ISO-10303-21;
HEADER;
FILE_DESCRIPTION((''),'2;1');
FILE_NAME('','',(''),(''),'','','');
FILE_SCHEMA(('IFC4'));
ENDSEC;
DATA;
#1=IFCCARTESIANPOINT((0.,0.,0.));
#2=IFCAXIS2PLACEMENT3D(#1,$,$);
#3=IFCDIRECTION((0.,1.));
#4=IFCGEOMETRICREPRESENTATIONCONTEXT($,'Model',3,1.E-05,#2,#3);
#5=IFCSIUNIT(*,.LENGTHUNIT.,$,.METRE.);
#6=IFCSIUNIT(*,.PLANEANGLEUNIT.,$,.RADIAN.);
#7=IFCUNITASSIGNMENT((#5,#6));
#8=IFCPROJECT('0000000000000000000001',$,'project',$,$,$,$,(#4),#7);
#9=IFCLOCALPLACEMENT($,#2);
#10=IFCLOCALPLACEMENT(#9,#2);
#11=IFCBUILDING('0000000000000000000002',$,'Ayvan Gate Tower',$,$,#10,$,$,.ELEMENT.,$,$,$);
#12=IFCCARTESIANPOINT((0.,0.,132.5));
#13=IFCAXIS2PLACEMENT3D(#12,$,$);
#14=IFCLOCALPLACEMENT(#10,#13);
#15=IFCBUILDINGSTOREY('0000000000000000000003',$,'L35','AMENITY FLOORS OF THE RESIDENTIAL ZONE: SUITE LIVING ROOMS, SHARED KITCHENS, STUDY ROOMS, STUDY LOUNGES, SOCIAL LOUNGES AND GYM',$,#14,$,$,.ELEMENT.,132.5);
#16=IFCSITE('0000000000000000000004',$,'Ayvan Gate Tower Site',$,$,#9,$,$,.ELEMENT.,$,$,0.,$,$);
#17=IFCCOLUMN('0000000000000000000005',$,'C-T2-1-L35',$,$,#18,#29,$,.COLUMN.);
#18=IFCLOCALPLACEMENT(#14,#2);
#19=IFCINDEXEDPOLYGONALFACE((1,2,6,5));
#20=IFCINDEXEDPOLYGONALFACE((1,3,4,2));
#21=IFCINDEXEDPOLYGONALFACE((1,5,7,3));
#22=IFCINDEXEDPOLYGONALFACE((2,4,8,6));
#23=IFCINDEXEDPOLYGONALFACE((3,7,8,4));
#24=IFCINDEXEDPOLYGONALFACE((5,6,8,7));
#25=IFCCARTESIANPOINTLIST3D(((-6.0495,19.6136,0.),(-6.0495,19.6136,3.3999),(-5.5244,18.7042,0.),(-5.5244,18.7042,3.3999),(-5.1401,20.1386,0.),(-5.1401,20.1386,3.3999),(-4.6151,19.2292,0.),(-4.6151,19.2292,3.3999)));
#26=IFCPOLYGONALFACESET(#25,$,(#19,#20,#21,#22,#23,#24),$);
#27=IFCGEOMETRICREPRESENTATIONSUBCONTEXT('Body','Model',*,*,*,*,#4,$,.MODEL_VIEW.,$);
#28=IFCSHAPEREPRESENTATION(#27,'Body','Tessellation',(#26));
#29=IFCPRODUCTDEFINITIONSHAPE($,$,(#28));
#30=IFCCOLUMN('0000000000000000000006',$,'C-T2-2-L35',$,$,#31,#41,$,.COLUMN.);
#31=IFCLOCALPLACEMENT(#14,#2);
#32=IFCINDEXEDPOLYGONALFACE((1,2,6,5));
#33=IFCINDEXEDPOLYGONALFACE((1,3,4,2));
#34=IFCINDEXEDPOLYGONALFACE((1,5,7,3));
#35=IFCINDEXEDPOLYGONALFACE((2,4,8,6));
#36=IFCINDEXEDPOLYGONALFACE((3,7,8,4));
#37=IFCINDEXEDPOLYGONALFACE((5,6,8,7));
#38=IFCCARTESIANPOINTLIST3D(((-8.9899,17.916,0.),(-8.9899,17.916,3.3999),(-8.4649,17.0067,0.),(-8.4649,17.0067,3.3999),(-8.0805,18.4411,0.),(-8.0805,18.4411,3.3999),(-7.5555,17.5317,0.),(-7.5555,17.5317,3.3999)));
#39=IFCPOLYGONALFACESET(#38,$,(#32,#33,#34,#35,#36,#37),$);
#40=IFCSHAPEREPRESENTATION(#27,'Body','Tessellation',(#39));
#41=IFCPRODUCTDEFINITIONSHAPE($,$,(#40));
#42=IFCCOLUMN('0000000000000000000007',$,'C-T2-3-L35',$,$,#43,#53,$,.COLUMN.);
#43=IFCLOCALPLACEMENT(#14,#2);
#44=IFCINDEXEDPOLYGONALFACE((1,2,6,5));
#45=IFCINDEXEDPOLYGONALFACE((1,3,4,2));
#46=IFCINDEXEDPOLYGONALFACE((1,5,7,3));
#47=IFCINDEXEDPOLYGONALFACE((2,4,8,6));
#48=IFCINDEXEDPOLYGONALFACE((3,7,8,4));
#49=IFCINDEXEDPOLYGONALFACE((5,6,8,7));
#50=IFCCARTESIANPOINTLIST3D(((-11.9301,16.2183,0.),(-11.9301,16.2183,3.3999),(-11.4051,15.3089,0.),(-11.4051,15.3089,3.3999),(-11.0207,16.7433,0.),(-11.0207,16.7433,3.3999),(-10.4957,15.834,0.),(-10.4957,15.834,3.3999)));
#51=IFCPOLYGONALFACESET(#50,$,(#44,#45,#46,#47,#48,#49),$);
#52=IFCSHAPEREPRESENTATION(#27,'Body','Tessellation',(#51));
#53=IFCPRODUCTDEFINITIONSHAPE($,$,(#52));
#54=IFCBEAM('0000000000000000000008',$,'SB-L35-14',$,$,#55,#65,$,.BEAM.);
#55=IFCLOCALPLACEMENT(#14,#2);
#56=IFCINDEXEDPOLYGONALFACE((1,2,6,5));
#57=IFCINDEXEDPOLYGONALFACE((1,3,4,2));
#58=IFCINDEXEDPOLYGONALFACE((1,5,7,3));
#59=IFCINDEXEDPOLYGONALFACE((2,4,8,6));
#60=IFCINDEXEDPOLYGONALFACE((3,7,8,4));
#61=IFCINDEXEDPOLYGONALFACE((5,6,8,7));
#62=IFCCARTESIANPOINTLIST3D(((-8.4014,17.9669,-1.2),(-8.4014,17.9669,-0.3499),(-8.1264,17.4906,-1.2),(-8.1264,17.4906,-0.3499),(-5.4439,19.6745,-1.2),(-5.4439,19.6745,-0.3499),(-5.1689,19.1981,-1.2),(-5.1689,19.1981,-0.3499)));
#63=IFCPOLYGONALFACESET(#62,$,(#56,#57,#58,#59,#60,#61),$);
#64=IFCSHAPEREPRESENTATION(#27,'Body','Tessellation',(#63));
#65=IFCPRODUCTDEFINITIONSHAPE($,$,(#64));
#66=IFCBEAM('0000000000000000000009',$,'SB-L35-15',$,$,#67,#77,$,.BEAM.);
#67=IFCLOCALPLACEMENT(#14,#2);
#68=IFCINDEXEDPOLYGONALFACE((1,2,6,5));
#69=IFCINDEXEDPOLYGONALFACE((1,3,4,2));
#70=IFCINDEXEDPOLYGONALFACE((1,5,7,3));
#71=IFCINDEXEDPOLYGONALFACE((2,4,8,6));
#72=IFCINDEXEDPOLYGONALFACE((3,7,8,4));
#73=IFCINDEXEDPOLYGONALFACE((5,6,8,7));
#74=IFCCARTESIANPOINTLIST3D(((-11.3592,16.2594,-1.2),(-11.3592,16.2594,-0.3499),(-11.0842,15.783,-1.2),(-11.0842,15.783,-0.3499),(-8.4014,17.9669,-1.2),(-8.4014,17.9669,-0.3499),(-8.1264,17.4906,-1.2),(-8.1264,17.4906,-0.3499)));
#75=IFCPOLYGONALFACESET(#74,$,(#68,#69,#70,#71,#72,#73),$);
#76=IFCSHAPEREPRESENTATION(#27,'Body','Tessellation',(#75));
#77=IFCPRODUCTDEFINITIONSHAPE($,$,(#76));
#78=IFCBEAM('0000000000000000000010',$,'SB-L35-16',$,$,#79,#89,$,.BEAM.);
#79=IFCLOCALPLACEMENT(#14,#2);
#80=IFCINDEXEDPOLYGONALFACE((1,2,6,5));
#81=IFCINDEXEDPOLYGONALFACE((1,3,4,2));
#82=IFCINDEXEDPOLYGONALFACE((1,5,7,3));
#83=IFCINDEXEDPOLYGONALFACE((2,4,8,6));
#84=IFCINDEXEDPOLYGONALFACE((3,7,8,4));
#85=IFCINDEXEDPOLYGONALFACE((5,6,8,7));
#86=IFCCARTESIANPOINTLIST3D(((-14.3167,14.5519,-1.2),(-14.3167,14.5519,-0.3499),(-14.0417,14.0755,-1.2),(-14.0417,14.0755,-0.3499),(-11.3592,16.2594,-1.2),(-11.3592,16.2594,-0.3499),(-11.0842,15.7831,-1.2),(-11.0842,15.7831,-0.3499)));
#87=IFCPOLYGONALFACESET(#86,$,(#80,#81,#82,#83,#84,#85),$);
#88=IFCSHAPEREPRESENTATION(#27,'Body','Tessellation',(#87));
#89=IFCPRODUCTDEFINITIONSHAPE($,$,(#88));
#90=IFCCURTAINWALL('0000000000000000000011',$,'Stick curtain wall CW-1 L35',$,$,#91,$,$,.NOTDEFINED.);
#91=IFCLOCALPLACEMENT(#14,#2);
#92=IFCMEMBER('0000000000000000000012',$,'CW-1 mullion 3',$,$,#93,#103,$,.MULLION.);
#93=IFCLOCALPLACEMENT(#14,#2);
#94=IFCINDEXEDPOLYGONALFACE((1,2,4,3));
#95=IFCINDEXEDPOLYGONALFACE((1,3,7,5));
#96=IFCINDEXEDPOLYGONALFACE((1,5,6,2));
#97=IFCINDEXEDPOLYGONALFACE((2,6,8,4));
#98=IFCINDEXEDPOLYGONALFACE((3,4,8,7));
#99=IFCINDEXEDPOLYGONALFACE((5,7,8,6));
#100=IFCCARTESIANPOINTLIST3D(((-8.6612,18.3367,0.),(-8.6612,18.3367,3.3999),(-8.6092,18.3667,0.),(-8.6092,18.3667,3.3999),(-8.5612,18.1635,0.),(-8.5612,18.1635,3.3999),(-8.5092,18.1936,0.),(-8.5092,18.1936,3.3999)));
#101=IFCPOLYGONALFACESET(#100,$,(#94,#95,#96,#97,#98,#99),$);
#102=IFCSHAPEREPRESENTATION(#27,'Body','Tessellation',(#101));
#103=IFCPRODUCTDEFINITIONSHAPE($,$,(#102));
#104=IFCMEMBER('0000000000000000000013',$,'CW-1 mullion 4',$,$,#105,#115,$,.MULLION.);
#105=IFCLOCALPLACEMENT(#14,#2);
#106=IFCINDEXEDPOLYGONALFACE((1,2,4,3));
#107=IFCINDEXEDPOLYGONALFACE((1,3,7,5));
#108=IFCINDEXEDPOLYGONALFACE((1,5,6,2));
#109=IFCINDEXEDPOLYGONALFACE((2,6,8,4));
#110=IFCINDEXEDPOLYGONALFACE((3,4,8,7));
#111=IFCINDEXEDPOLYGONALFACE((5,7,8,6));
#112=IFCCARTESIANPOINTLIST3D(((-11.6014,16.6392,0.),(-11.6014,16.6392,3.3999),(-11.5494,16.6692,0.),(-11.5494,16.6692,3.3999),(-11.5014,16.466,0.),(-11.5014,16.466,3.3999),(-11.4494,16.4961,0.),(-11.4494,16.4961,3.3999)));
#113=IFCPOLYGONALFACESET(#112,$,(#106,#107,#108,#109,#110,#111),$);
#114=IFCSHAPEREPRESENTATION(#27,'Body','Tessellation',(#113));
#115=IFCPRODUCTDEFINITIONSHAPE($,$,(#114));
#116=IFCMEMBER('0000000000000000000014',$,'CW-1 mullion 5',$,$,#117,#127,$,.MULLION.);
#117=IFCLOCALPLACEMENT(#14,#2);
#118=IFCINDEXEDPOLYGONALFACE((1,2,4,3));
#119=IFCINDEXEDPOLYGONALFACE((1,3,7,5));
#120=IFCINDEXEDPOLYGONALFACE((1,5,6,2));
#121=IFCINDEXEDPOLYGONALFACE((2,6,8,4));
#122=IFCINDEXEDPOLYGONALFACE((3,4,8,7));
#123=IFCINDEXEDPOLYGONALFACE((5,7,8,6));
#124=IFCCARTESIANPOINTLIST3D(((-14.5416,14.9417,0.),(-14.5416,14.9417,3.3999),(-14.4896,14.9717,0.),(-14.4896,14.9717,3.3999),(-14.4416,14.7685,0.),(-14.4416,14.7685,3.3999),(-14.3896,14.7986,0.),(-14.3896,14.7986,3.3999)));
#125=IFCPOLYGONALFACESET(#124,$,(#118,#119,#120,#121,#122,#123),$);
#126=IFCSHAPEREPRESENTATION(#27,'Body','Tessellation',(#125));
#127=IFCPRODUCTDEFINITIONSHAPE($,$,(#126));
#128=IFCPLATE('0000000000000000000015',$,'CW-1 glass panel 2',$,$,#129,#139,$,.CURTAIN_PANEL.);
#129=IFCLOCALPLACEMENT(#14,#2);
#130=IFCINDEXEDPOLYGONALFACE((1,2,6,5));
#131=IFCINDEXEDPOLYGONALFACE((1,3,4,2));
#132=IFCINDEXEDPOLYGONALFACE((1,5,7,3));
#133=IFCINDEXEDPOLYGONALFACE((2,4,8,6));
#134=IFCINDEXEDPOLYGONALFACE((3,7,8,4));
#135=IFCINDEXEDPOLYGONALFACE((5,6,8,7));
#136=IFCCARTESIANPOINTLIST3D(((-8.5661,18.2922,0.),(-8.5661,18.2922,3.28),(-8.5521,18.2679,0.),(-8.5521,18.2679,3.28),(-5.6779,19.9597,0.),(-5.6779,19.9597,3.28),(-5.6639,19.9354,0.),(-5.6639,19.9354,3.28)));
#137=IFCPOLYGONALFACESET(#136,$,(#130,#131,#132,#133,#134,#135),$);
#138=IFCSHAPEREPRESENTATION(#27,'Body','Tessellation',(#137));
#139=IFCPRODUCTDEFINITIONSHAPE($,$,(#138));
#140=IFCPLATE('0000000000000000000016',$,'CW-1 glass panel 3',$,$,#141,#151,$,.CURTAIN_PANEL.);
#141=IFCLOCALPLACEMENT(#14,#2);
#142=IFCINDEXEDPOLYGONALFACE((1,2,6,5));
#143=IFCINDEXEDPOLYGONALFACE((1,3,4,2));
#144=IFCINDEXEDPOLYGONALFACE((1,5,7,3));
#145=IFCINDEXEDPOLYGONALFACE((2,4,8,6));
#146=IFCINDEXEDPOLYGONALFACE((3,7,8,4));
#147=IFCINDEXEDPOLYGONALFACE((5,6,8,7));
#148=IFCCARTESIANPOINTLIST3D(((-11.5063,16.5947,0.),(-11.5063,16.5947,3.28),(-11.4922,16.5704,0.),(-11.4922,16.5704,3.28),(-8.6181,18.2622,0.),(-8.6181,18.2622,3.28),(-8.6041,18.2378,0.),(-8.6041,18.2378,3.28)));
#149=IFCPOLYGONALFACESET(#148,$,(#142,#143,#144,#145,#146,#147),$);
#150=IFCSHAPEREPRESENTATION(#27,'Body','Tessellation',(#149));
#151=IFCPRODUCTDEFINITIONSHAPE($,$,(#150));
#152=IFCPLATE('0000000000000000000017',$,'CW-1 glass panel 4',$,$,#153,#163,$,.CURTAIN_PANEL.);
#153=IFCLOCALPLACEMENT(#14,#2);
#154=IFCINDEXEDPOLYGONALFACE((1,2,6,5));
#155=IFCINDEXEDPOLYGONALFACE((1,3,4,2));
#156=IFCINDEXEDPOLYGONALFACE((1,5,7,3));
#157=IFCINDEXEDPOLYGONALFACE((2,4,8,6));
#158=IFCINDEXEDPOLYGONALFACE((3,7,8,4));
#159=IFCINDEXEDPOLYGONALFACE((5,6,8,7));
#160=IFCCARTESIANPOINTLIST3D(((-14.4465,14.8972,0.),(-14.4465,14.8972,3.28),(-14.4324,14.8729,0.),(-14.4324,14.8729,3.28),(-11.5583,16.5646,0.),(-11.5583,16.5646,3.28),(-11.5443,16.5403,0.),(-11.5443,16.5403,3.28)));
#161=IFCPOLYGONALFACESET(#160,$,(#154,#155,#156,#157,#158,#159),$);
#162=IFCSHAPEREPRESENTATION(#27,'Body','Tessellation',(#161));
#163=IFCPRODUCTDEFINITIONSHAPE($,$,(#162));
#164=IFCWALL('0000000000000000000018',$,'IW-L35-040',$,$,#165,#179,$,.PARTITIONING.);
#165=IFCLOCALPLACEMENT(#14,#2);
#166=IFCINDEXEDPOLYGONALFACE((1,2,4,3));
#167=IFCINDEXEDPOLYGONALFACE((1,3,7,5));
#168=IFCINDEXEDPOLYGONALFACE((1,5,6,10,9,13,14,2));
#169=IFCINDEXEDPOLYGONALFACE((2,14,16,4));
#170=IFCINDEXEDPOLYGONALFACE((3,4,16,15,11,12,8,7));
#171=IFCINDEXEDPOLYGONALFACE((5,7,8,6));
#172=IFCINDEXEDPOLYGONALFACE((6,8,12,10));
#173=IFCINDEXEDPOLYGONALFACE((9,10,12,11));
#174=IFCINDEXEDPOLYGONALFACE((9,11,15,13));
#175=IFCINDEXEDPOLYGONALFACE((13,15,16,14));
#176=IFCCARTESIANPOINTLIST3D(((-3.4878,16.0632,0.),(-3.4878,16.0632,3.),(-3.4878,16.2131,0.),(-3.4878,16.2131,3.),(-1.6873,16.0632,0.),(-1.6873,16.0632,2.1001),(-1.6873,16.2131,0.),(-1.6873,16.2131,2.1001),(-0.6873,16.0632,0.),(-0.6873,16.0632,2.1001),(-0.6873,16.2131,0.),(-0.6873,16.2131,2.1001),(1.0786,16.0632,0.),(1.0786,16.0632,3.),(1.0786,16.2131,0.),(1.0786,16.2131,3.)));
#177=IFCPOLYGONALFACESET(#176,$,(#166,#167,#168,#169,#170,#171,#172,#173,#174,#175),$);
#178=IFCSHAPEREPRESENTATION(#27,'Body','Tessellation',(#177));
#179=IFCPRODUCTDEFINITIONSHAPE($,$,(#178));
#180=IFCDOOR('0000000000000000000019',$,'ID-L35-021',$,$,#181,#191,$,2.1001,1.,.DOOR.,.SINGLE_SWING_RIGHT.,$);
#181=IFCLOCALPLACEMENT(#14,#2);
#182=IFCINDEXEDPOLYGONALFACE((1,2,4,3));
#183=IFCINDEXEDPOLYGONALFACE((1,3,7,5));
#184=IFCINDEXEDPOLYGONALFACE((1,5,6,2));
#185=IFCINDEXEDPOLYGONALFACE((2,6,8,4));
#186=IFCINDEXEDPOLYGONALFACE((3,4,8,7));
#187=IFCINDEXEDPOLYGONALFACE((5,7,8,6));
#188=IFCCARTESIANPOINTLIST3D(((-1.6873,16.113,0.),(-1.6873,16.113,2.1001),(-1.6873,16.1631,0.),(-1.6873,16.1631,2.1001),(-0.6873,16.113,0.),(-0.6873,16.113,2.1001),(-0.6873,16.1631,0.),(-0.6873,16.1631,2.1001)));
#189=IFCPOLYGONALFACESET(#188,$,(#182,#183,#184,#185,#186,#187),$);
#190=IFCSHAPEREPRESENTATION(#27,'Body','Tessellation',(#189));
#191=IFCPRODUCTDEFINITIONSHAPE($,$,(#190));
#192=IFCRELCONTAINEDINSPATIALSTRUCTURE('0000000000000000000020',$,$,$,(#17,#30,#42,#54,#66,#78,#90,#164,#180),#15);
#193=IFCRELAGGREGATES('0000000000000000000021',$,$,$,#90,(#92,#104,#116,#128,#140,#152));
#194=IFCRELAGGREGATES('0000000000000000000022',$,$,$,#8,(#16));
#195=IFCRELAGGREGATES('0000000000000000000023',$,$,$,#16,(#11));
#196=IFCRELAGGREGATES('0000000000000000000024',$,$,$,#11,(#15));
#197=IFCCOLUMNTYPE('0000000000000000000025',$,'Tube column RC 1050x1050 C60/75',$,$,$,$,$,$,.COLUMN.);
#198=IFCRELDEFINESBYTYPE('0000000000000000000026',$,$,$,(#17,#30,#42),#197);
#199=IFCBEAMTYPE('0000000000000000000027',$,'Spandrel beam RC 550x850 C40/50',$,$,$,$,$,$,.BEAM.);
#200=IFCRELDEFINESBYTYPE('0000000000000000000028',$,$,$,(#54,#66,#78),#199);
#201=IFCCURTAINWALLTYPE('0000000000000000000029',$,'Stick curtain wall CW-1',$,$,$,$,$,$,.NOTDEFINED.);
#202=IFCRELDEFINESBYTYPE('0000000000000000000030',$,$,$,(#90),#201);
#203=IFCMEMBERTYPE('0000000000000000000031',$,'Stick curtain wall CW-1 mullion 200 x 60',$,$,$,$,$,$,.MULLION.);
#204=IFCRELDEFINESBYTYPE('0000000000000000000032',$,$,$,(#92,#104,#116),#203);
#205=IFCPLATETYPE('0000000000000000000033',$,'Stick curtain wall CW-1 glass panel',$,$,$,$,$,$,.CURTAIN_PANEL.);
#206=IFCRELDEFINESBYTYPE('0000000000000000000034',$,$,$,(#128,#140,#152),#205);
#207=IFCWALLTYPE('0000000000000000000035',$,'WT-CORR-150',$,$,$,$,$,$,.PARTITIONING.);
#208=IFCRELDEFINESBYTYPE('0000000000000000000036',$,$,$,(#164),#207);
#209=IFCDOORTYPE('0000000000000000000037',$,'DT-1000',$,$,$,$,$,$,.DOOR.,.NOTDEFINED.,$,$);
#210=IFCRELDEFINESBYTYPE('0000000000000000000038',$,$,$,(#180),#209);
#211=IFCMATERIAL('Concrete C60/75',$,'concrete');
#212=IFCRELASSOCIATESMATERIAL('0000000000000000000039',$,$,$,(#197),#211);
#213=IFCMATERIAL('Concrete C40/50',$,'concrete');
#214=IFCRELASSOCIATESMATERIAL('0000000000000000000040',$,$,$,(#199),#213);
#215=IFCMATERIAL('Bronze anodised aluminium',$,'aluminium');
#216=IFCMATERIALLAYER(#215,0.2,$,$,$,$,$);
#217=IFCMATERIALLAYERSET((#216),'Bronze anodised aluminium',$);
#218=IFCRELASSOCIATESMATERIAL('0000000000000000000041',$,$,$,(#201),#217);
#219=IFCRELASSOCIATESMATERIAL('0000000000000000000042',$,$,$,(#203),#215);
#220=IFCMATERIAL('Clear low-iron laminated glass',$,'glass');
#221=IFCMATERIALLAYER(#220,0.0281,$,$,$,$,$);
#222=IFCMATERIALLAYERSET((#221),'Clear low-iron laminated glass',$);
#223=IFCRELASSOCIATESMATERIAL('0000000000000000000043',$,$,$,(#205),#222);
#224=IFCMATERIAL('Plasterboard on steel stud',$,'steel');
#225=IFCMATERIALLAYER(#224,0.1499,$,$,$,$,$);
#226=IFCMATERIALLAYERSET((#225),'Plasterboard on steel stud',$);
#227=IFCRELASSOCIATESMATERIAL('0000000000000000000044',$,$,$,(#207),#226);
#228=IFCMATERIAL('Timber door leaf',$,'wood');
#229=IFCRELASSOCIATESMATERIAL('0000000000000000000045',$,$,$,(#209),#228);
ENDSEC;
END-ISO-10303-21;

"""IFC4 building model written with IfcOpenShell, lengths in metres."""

from ifc_helpers import new_model, si_unit, direction, frame, frame_2d, origin, origin_2d, place, context, subcontext, project, spatial, rectangle, extrude, material, layer, layer_set, material_profile, profile_set, type_object, element, fill, aggregate, save


model = new_model("IFC4")

# Units and contexts
model_context = context("Model", 3, precision=1e-05, world=origin(), true_north=direction((0.0, 1.0)))
body_context = subcontext(model_context, "Body", "Model", "MODEL_VIEW")
ifc_project = project(units=[si_unit("LENGTHUNIT", "METRE"), si_unit("PLANEANGLEUNIT", "RADIAN")], contexts=[model_context])

# Site, building, storey
site_placement = place(None, origin())
site = spatial("IfcSite", under=ifc_project, at=site_placement, Name="Ayvan Gate Tower Site", CompositionType="ELEMENT", RefElevation=0.0)
building_placement = place(site_placement, origin())
building = spatial("IfcBuilding", under=site, at=building_placement, Name="Ayvan Gate Tower", CompositionType="ELEMENT")
storey_placement = place(building_placement, frame((0.0, 0.0, 132.5)))
storey = spatial("IfcBuildingStorey", under=building, at=storey_placement, Name="L35", Description="AMENITY FLOORS OF THE RESIDENTIAL ZONE: SUITE LIVING ROOMS, SHARED KITCHENS, STUDY ROOMS, STUDY LOUNGES, SOCIAL LOUNGES AND GYM", CompositionType="ELEMENT", Elevation=132.5)

# Columns
ifc_material_1 = material(Name="Concrete C60/75", Category="concrete")
ifc_material_profile_1 = material_profile(ifc_material_1, rectangle(XDim=1.05, YDim=1.05, at=origin_2d()), Name="RC 1050x1050")
ifc_profile_set_1 = profile_set([ifc_material_profile_1], Name="Concrete C60/75")
column_type = type_object("IfcColumnType", Name="Tube column RC 1050x1050 C60/75", PredefinedType="COLUMN", material=ifc_profile_set_1)
for number, where, z_axis, x_axis, name in (
    (1, (-5.3323, 19.4214, 0.0), (0.0, 0.0, 1.0), (-0.5, 0.866025, 0.0), "C-T2-1-L35"),
    (2, (-8.2727, 17.7239, 0.0), (0.0, 0.0, 1.0), (-0.5, 0.866025, 0.0), "C-T2-2-L35"),
    (3, (-11.2129, 16.0261, 0.0), (0.0, 0.0, 1.0), (-0.5, 0.866025, 0.0), "C-T2-3-L35"),
):
    element("IfcColumn", number, at=place(storey_placement, frame(where, z_axis=z_axis, x_axis=x_axis)), inside=storey, type_object=column_type, Name=name, PredefinedType="COLUMN", context=body_context, shape_type="SweptSolid", body=[
        extrude(rectangle(XDim=1.05, YDim=1.05, at=origin_2d()), origin(), (0.0, 0.0, 1.0), 3.3999),
    ])

# Beams
ifc_material_2 = material(Name="Concrete C40/50", Category="concrete")
ifc_material_profile_2 = material_profile(ifc_material_2, rectangle(XDim=0.55, YDim=0.8501, at=origin_2d()), Name="RC 550x850")
ifc_profile_set_2 = profile_set([ifc_material_profile_2], Name="Concrete C40/50")
beam_type = type_object("IfcBeamType", Name="Spandrel beam RC 550x850 C40/50", PredefinedType="BEAM", material=ifc_profile_set_2)
beam_1_placement = place(storey_placement, frame((-5.3064, 19.4363, -0.7749), z_axis=(-0.866026, -0.499999, 0.0), x_axis=(0.499999, -0.866026, 0.0)))
element("IfcBeam", 4, at=beam_1_placement, inside=storey, type_object=beam_type, Name="SB-L35-14", PredefinedType="BEAM", context=body_context, shape_type="SweptSolid", body=[
    extrude(rectangle(XDim=0.55, YDim=0.8501, at=origin_2d()), origin(), (0.0, 0.0, 1.0), 3.415),
])
beam_2_placement = place(storey_placement, frame((-8.2639, 17.7288, -0.7749), z_axis=(-0.866044, -0.499968, 0.0), x_axis=(0.499968, -0.866044, 0.0)))
element("IfcBeam", 5, at=beam_2_placement, inside=storey, type_object=beam_type, Name="SB-L35-15", PredefinedType="BEAM", context=body_context, shape_type="SweptSolid", body=[
    extrude(rectangle(XDim=0.55, YDim=0.8501, at=origin_2d()), origin(), (0.0, 0.0, 1.0), 3.4153),
])
beam_3_placement = place(storey_placement, frame((-11.2217, 16.0212, -0.7749), z_axis=(-0.866026, -0.499999, 0.0), x_axis=(0.499999, -0.866026, 0.0)))
element("IfcBeam", 6, at=beam_3_placement, inside=storey, type_object=beam_type, Name="SB-L35-16", PredefinedType="BEAM", context=body_context, shape_type="SweptSolid", body=[
    extrude(rectangle(XDim=0.55, YDim=0.8501, at=origin_2d()), origin(), (0.0, 0.0, 1.0), 3.415),
])

# Curtain wall, members, plates
ifc_material_3 = material(Name="Bronze anodised aluminium", Category="aluminium")
ifc_layer_1 = layer(ifc_material_3, 0.2)
ifc_layer_set_1 = layer_set([ifc_layer_1], Name="Bronze anodised aluminium")
curtain_wall_type = type_object("IfcCurtainWallType", Name="Stick curtain wall CW-1", PredefinedType="NOTDEFINED", material=ifc_layer_set_1)
curtain_wall_placement = place(storey_placement, origin())
curtain_wall = element("IfcCurtainWall", 7, at=curtain_wall_placement, inside=storey, type_object=curtain_wall_type, Name="Stick curtain wall CW-1 L35", PredefinedType="NOTDEFINED")
ifc_material_profile_3 = material_profile(ifc_material_3, rectangle(XDim=0.2, YDim=0.0601, at=origin_2d()), Name="Stick curtain wall CW-1 mullion 200 x 60")
ifc_profile_set_3 = profile_set([ifc_material_profile_3], Name="Bronze anodised aluminium")
member_type = type_object("IfcMemberType", Name="Stick curtain wall CW-1 mullion 200 x 60", PredefinedType="MULLION", material=ifc_profile_set_3)
member_1_placement = place(storey_placement, frame((-8.5852, 18.2651, 0.0), z_axis=(0.0, 0.0, 1.0), x_axis=(-0.5, 0.866025, 0.0)))
member_1 = element("IfcMember", 8, at=member_1_placement, type_object=member_type, Name="CW-1 mullion 3", PredefinedType="MULLION", context=body_context, shape_type="SweptSolid", body=[
    extrude(rectangle(XDim=0.2, YDim=0.0601, at=origin_2d()), origin(), (0.0, 0.0, 1.0), 3.3999),
])
member_2_placement = place(storey_placement, frame((-11.5254, 16.5676, 0.0), z_axis=(0.0, 0.0, 1.0), x_axis=(-0.5, 0.866025, 0.0)))
member_2 = element("IfcMember", 9, at=member_2_placement, type_object=member_type, Name="CW-1 mullion 4", PredefinedType="MULLION", context=body_context, shape_type="SweptSolid", body=[
    extrude(rectangle(XDim=0.2, YDim=0.0601, at=origin_2d()), origin(), (0.0, 0.0, 1.0), 3.3999),
])
member_3_placement = place(storey_placement, frame((-14.4656, 14.8701, 0.0), z_axis=(0.0, 0.0, 1.0), x_axis=(-0.5, 0.866025, 0.0)))
member_3 = element("IfcMember", 10, at=member_3_placement, type_object=member_type, Name="CW-1 mullion 5", PredefinedType="MULLION", context=body_context, shape_type="SweptSolid", body=[
    extrude(rectangle(XDim=0.2, YDim=0.0601, at=origin_2d()), origin(), (0.0, 0.0, 1.0), 3.3999),
])
ifc_material_4 = material(Name="Clear low-iron laminated glass", Category="glass")
ifc_layer_2 = layer(ifc_material_4, 0.0281)
ifc_layer_set_2 = layer_set([ifc_layer_2], Name="Clear low-iron laminated glass")
plate_type = type_object("IfcPlateType", Name="Stick curtain wall CW-1 glass panel", PredefinedType="CURTAIN_PANEL", material=ifc_layer_set_2)
plate_1_placement = place(storey_placement, frame((-7.115, 19.1138, 0.0), z_axis=(0.0, 0.0, 1.0), x_axis=(-0.866025, -0.5, 0.0)))
plate_1 = element("IfcPlate", 11, at=plate_1_placement, type_object=plate_type, Name="CW-1 glass panel 2", PredefinedType="CURTAIN_PANEL", context=body_context, shape_type="SweptSolid", body=[
    extrude(rectangle(XDim=3.335, YDim=0.0281, at=origin_2d()), origin(), (0.0, 0.0, 1.0), 3.28),
])
plate_2_placement = place(storey_placement, frame((-10.0552, 17.4163, 0.0), z_axis=(0.0, 0.0, 1.0), x_axis=(-0.866025, -0.5, 0.0)))
plate_2 = element("IfcPlate", 12, at=plate_2_placement, type_object=plate_type, Name="CW-1 glass panel 3", PredefinedType="CURTAIN_PANEL", context=body_context, shape_type="SweptSolid", body=[
    extrude(rectangle(XDim=3.335, YDim=0.0281, at=origin_2d()), origin(), (0.0, 0.0, 1.0), 3.28),
])
plate_3_placement = place(storey_placement, frame((-12.9954, 15.7188, 0.0), z_axis=(0.0, 0.0, 1.0), x_axis=(-0.866025, -0.5, 0.0)))
plate_3 = element("IfcPlate", 13, at=plate_3_placement, type_object=plate_type, Name="CW-1 glass panel 4", PredefinedType="CURTAIN_PANEL", context=body_context, shape_type="SweptSolid", body=[
    extrude(rectangle(XDim=3.335, YDim=0.0281, at=origin_2d()), origin(), (0.0, 0.0, 1.0), 3.28),
])
aggregate(curtain_wall, [member_1, member_2, member_3, plate_1, plate_2, plate_3])

# Wall, opening, door
ifc_material_5 = material(Name="Plasterboard on steel stud", Category="steel")
ifc_layer_3 = layer(ifc_material_5, 0.1499)
ifc_layer_set_3 = layer_set([ifc_layer_3], Name="Plasterboard on steel stud")
wall_type_1 = type_object("IfcWallType", Name="WT-CORR-150", PredefinedType="PARTITIONING", material=ifc_layer_set_3)
wall_1_placement = place(storey_placement, frame((-3.4878, 16.1382, 0.0), z_axis=(0.0, 0.0, 1.0), x_axis=(1.0, 0.0, 0.0)))
wall_1 = element("IfcWall", 14, at=wall_1_placement, inside=storey, type_object=wall_type_1, Name="IW-L35-040", PredefinedType="PARTITIONING", context=body_context, shape_type="SweptSolid", body=[
    extrude(rectangle(XDim=4.5664, YDim=0.1499, at=frame_2d((2.2832, 0.0))), origin(), (0.0, 0.0, 1.0), 3.0),
])
opening_placement = place(wall_1_placement, frame((1.8005, 0.0, 0.0)))
opening = element("IfcOpeningElement", 15, at=opening_placement, cuts=wall_1, PredefinedType="OPENING", context=body_context, shape_type="SweptSolid", body=[
    extrude(rectangle(XDim=1.0, YDim=2.1001, at=frame_2d((0.5, 1.05))), frame((0.0, 0.085, 0.0), z_axis=(0.0, -1.0, 0.0), x_axis=(1.0, 0.0, 0.0)), (0.0, 0.0, 1.0), 0.1699),
])
ifc_material_6 = material(Name="Timber door leaf", Category="wood")
door_type = type_object("IfcDoorType", Name="DT-1000", OperationType="NOTDEFINED", PredefinedType="DOOR", material=ifc_material_6)
door_placement = place(opening_placement, origin())
door = element("IfcDoor", 16, at=door_placement, inside=storey, type_object=door_type, Name="ID-L35-021", OperationType="SINGLE_SWING_RIGHT", OverallHeight=2.1001, OverallWidth=1.0, PredefinedType="DOOR", context=body_context, shape_type="SweptSolid", body=[
    extrude(rectangle(XDim=1.0, YDim=2.1001, at=frame_2d((0.5, 1.05))), frame((0.0, 0.0249, 0.0), z_axis=(0.0, -1.0, 0.0), x_axis=(1.0, 0.0, 0.0)), (0.0, 0.0, 1.0), 0.05),
])
fill(opening, door)

save(model, "model.ifc")
